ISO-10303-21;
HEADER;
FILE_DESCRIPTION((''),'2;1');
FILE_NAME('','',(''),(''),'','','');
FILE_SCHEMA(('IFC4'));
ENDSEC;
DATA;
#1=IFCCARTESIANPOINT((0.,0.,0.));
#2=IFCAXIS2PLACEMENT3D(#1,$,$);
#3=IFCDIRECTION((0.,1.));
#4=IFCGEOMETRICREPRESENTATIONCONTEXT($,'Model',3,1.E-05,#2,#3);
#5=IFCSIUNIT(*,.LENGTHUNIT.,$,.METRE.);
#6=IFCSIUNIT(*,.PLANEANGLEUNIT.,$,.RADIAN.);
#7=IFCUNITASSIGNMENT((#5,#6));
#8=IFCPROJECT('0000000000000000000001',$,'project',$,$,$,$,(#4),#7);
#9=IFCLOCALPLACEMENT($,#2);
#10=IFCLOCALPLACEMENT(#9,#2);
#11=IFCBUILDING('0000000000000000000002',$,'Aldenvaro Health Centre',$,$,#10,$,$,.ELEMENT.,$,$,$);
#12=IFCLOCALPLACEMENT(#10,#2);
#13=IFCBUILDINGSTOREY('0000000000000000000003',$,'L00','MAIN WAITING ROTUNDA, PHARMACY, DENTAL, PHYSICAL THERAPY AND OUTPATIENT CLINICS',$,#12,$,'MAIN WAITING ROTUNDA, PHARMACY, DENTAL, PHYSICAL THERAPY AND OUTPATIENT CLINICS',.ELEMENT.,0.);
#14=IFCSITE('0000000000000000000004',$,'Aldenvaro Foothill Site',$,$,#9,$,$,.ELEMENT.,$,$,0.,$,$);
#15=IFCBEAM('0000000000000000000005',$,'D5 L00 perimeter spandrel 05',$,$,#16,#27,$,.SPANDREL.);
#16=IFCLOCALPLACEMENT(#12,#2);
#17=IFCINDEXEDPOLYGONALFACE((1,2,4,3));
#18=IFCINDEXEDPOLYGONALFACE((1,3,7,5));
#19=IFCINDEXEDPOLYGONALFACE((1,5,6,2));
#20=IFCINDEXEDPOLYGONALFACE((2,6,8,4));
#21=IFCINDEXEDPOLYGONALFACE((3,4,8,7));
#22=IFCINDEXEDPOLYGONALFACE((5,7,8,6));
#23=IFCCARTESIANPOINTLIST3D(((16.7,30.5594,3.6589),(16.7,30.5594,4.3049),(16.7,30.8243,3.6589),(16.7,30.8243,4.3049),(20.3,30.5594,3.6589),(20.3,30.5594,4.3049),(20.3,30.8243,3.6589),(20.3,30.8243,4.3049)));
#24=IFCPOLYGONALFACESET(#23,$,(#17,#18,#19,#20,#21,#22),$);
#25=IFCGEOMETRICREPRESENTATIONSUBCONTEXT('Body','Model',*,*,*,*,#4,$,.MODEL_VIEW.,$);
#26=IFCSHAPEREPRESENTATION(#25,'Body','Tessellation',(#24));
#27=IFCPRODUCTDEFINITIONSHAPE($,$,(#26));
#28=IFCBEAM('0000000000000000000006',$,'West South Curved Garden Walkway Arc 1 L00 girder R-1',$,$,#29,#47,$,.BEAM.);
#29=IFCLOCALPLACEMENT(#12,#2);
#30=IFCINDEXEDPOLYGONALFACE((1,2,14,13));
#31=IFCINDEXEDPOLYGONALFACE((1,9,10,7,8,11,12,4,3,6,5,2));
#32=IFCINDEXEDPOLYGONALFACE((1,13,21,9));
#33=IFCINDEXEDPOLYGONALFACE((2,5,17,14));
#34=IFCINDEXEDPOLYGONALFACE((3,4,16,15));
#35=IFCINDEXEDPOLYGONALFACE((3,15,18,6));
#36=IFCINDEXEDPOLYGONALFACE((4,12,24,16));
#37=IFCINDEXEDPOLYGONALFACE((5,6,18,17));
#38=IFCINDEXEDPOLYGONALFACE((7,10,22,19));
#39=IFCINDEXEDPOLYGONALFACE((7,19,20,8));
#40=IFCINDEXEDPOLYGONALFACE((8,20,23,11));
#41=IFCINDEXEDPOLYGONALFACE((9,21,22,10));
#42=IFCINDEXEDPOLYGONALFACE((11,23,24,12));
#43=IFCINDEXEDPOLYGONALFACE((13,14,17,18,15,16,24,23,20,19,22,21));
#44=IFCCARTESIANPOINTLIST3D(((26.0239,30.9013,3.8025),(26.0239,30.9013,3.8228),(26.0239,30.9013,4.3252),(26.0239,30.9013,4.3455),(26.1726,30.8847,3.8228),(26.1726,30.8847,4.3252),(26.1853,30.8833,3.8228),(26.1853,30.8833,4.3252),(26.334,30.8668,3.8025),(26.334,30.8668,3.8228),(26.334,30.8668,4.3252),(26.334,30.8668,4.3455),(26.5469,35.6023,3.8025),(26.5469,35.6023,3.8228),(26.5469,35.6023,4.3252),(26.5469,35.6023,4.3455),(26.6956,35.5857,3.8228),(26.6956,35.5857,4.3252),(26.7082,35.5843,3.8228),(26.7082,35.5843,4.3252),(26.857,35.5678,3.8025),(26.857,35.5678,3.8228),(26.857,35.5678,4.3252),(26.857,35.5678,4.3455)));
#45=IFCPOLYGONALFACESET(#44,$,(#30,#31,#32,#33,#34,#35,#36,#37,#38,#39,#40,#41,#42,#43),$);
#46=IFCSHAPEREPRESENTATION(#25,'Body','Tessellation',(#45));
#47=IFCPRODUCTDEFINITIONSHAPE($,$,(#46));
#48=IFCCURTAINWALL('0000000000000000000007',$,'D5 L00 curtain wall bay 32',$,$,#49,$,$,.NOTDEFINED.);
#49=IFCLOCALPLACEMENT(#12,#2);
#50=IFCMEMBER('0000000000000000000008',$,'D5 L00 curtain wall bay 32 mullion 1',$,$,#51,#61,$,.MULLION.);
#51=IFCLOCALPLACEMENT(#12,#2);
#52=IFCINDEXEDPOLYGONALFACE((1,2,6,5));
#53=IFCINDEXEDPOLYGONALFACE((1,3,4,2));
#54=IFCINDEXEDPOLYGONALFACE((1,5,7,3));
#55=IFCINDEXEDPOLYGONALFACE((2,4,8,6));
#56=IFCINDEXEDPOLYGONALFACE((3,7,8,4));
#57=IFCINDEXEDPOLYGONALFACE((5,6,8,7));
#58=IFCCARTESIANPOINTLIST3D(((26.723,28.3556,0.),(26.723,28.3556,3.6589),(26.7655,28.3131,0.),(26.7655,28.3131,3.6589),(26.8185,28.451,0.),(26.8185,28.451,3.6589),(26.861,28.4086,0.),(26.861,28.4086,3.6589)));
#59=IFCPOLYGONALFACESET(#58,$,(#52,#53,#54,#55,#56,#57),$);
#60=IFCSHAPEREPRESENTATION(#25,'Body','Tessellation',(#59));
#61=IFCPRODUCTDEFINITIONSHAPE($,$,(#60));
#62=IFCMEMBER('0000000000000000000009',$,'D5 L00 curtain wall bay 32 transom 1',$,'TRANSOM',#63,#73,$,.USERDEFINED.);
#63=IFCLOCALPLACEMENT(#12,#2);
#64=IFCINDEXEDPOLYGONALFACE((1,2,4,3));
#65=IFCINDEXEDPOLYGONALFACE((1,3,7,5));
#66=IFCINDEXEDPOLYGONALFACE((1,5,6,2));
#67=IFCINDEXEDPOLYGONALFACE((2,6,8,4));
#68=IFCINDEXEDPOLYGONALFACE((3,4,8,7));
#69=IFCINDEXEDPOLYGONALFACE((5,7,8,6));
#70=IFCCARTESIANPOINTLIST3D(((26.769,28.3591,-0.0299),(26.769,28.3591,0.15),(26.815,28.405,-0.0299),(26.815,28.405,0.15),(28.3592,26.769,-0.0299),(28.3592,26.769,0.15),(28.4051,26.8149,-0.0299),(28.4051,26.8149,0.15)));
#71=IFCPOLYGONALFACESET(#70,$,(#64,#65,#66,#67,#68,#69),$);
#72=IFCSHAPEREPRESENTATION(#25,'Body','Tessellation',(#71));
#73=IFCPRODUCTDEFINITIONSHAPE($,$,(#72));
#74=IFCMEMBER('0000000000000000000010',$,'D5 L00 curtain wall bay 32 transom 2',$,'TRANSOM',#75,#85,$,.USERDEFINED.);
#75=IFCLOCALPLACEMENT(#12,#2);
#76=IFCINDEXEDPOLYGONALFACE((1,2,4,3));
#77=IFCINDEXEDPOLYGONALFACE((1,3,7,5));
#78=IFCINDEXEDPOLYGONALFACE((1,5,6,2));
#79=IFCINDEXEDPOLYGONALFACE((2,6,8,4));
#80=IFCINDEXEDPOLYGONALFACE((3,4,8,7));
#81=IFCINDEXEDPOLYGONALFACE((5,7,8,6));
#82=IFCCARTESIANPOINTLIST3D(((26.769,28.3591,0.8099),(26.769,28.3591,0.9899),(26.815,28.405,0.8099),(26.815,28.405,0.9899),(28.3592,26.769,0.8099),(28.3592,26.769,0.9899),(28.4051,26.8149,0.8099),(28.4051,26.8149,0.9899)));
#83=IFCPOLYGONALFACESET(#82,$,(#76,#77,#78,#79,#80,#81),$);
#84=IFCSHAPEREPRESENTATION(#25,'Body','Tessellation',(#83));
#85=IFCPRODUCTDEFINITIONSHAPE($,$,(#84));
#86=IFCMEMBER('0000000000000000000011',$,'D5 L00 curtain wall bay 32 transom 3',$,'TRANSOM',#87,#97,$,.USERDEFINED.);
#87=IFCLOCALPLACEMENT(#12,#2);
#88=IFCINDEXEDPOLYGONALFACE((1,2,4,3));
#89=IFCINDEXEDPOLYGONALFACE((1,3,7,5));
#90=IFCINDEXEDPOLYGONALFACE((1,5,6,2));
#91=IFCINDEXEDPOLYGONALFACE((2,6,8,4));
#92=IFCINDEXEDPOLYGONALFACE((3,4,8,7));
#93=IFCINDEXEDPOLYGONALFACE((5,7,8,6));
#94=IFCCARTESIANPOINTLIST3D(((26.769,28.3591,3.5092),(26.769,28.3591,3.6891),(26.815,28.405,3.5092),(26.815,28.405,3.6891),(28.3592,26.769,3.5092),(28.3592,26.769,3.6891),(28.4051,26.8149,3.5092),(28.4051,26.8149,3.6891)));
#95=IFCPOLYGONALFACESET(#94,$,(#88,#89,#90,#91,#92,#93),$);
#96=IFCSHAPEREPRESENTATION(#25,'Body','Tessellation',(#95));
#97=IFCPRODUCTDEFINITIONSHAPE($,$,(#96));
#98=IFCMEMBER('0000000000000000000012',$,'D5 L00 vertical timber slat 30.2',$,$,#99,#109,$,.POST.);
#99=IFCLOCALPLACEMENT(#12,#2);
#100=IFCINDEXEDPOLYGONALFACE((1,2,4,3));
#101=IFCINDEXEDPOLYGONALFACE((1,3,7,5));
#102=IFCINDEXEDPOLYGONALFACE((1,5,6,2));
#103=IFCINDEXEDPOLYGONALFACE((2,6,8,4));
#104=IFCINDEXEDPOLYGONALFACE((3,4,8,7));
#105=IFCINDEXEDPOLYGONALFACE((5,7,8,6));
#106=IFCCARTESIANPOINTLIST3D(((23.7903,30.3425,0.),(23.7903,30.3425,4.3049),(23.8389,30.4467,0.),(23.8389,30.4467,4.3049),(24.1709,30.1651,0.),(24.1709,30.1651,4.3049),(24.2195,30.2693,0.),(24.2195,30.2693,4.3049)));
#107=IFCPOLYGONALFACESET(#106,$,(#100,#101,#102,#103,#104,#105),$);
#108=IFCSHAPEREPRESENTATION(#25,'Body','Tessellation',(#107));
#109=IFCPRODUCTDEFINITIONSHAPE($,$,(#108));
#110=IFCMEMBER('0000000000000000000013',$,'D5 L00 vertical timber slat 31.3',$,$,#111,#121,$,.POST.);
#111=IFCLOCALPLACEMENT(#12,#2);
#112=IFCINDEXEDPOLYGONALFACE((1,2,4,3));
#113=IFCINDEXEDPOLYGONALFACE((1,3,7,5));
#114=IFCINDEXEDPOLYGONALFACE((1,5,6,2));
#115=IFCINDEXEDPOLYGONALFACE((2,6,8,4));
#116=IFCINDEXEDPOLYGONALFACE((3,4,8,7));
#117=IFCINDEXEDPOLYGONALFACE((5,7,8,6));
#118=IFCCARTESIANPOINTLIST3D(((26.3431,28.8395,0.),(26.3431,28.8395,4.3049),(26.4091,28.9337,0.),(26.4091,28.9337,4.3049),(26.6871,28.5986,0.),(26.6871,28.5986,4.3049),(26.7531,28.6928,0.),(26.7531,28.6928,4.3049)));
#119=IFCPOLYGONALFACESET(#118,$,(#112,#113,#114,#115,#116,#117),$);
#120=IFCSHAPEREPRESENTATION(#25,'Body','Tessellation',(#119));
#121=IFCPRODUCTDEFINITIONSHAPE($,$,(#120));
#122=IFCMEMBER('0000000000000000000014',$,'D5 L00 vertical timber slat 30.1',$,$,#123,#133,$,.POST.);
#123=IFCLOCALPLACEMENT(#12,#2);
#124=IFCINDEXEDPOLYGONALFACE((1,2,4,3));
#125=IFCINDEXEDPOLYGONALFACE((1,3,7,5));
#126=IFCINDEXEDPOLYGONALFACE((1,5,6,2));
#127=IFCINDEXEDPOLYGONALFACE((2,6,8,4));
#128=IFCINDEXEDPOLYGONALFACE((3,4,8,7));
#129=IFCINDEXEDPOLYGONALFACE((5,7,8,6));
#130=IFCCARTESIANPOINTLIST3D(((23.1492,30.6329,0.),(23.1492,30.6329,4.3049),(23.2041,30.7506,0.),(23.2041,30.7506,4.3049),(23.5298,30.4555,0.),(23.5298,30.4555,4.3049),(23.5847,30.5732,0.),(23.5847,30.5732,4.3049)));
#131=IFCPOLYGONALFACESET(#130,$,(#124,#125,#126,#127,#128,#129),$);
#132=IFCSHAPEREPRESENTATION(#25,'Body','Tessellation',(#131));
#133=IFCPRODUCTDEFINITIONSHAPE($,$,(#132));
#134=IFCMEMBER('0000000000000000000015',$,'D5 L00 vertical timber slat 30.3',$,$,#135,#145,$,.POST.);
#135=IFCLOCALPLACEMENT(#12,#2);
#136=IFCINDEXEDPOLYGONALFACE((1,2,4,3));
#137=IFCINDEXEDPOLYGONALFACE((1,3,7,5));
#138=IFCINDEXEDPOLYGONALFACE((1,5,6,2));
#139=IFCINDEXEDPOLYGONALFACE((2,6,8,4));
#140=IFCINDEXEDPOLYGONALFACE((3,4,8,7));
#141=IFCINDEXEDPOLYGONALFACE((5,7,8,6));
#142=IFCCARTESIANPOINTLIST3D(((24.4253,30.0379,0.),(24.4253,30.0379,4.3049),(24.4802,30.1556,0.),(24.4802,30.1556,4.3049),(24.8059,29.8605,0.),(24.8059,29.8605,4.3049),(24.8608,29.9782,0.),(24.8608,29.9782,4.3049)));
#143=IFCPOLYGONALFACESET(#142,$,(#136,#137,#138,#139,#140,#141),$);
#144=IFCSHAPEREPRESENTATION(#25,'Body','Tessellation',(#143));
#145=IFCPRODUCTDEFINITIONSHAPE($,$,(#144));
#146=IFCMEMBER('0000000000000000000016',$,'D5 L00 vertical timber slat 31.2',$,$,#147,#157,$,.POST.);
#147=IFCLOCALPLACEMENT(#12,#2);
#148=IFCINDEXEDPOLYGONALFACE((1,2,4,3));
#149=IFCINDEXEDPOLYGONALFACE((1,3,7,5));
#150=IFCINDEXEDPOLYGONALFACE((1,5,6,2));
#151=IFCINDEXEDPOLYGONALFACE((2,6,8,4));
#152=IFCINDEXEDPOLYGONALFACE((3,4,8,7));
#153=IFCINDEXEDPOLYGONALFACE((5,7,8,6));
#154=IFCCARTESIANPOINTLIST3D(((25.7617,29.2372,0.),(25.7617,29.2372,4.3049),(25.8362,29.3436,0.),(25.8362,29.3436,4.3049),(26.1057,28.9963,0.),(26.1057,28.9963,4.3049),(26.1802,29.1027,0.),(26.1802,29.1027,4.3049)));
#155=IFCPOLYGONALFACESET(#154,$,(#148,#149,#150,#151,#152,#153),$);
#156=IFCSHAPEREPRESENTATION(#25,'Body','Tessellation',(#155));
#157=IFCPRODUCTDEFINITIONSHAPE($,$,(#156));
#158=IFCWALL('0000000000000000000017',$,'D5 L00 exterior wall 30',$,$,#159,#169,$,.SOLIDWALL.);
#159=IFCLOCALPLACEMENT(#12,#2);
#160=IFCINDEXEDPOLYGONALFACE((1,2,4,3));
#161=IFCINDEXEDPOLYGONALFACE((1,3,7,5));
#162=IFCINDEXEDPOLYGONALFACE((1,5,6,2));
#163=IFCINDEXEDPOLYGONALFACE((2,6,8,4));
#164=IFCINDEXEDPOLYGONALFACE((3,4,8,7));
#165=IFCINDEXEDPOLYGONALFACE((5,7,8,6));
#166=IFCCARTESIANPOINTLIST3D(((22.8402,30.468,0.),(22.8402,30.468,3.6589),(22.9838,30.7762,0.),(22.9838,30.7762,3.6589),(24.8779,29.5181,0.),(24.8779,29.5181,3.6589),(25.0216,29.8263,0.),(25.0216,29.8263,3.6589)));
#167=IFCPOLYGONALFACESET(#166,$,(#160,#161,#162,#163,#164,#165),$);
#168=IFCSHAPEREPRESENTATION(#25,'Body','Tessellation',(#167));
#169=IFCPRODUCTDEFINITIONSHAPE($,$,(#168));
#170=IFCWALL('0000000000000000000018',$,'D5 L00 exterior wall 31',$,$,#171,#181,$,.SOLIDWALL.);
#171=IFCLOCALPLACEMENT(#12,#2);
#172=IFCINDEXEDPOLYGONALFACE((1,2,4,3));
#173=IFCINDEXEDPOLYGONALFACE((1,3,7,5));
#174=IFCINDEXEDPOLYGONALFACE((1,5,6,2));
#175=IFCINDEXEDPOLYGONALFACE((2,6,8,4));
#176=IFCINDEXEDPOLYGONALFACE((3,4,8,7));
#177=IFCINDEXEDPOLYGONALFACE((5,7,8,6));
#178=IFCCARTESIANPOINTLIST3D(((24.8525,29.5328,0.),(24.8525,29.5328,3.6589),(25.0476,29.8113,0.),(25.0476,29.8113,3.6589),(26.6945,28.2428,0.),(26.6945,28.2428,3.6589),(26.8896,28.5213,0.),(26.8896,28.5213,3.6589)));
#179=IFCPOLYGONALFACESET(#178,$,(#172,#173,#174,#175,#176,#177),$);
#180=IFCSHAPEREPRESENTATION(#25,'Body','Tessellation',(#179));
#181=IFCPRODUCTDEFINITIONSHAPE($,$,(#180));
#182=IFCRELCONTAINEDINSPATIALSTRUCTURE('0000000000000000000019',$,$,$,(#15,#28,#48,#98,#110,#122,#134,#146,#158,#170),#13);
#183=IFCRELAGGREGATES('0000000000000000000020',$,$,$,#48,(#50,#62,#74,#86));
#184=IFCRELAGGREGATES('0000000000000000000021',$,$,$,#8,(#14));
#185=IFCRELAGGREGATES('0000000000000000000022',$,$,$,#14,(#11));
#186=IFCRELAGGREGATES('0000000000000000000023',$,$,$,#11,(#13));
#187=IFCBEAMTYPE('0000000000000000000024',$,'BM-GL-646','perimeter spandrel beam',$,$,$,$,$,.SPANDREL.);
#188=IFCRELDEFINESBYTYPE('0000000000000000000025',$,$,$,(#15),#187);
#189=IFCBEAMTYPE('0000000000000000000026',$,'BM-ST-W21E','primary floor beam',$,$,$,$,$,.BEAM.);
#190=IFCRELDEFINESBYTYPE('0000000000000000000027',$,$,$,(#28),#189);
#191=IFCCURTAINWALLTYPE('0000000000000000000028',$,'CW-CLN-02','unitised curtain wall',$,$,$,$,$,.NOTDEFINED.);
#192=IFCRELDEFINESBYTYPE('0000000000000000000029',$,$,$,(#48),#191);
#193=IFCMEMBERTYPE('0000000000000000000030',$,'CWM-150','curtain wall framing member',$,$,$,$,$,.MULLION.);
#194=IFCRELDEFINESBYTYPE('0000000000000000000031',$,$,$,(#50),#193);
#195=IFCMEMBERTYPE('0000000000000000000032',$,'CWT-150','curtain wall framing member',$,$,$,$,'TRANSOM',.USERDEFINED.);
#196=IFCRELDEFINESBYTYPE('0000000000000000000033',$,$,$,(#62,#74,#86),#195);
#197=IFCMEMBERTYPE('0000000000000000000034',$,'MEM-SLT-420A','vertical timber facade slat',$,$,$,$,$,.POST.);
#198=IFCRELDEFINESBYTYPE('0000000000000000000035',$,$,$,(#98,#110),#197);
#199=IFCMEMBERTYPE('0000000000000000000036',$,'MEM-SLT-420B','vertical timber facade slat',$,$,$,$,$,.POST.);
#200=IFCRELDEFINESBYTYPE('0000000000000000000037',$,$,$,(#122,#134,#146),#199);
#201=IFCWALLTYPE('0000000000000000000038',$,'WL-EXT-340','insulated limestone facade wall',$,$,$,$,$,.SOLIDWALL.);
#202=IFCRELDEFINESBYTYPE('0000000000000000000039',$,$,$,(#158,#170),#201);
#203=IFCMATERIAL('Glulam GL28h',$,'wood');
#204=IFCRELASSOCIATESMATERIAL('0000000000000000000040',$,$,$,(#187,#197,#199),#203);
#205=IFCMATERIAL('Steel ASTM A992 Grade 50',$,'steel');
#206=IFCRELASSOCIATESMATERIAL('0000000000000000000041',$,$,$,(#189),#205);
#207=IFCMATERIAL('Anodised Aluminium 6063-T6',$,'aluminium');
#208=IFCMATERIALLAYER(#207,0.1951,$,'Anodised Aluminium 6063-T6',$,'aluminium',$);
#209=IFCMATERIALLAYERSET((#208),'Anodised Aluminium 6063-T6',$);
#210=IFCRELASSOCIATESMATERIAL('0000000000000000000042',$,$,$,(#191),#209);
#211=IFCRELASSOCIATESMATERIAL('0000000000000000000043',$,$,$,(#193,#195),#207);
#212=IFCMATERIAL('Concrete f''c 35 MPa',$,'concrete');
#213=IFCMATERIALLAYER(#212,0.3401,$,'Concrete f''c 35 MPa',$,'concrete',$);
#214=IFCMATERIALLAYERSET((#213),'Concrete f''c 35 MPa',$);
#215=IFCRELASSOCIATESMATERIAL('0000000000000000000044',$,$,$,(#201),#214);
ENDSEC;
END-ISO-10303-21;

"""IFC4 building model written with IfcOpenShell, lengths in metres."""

from ifc_helpers import new_model, si_unit, direction, frame, frame_2d, origin, origin_2d, place, context, subcontext, project, spatial, rectangle, i_section, extrude, material, layer, layer_set, material_profile, profile_set, type_object, element, aggregate, save


model = new_model("IFC4")

# Units and contexts
model_context = context("Model", 3, precision=1e-05, world=origin(), true_north=direction((0.0, 1.0)))
body_context = subcontext(model_context, "Body", "Model", "MODEL_VIEW")
ifc_project = project(units=[si_unit("LENGTHUNIT", "METRE"), si_unit("PLANEANGLEUNIT", "RADIAN")], contexts=[model_context])

# Site, building, storey
site_placement = place(None, origin())
site = spatial("IfcSite", under=ifc_project, at=site_placement, Name="Aldenvaro Foothill Site", CompositionType="ELEMENT", RefElevation=0.0)
building_placement = place(site_placement, origin())
building = spatial("IfcBuilding", under=site, at=building_placement, Name="Aldenvaro Health Centre", CompositionType="ELEMENT")
storey_placement = place(building_placement, origin())
storey = spatial("IfcBuildingStorey", under=building, at=storey_placement, Name="L00", Description="MAIN WAITING ROTUNDA, PHARMACY, DENTAL, PHYSICAL THERAPY AND OUTPATIENT CLINICS", LongName="MAIN WAITING ROTUNDA, PHARMACY, DENTAL, PHYSICAL THERAPY AND OUTPATIENT CLINICS", CompositionType="ELEMENT", Elevation=0.0)

# Beams
ifc_material_1 = material(Name="Glulam GL28h", Category="wood")
ifc_material_profile_1 = material_profile(ifc_material_1, rectangle(XDim=0.2649, YDim=0.646, at=origin_2d()), Name="GL 265x646", Category="wood")
ifc_profile_set_1 = profile_set([ifc_material_profile_1], Name="Glulam GL28h")
beam_type_1 = type_object("IfcBeamType", Name="BM-GL-646", Description="perimeter spandrel beam", PredefinedType="SPANDREL", material=ifc_profile_set_1)
beam_1_placement = place(storey_placement, frame((20.3, 30.6919, 3.9819), z_axis=(-1.0, 0.0, 0.0), x_axis=(0.0, -1.0, 0.0)))
element("IfcBeam", 1, at=beam_1_placement, inside=storey, type_object=beam_type_1, Name="D5 L00 perimeter spandrel 05", PredefinedType="SPANDREL", context=body_context, shape_type="SweptSolid", body=[
    extrude(rectangle(XDim=0.2649, YDim=0.646, at=origin_2d()), origin(), (0.0, 0.0, 1.0), 3.6001),
])
ifc_material_2 = material(Name="Steel ASTM A992 Grade 50", Category="steel")
ifc_material_profile_2 = material_profile(ifc_material_2, i_section(OverallWidth=0.312, OverallDepth=0.543, WebThickness=0.0127, FlangeThickness=0.0203, at=origin_2d()), Name="W21X101", Category="steel")
ifc_profile_set_2 = profile_set([ifc_material_profile_2], Name="Steel ASTM A992 Grade 50")
beam_type_2 = type_object("IfcBeamType", Name="BM-ST-W21E", Description="primary floor beam", PredefinedType="BEAM", material=ifc_profile_set_2)
beam_2_placement = place(storey_placement, frame((26.179, 30.884, 4.074), z_axis=(0.110562, 0.993869, 0.0), x_axis=(-0.993869, 0.110562, 0.0)))
element("IfcBeam", 2, at=beam_2_placement, inside=storey, type_object=beam_type_2, Name="West South Curved Garden Walkway Arc 1 L00 girder R-1", PredefinedType="BEAM", context=body_context, shape_type="SweptSolid", body=[
    extrude(i_section(OverallWidth=0.312, OverallDepth=0.543, WebThickness=0.0127, FlangeThickness=0.0203, at=origin_2d()), origin(), (0.0, 0.0, 1.0), 4.73),
])

# Curtain wall, members
ifc_material_3 = material(Name="Anodised Aluminium 6063-T6", Category="aluminium")
ifc_layer_1 = layer(ifc_material_3, 0.1951, Name="Anodised Aluminium 6063-T6", Category="aluminium")
ifc_layer_set_1 = layer_set([ifc_layer_1], Name="Anodised Aluminium 6063-T6")
curtain_wall_type = type_object("IfcCurtainWallType", Name="CW-CLN-02", Description="unitised curtain wall", PredefinedType="NOTDEFINED", material=ifc_layer_set_1)
curtain_wall_placement = place(storey_placement, origin())
curtain_wall = element("IfcCurtainWall", 3, at=curtain_wall_placement, inside=storey, type_object=curtain_wall_type, Name="D5 L00 curtain wall bay 32", PredefinedType="NOTDEFINED")
ifc_material_profile_3 = material_profile(ifc_material_3, rectangle(XDim=0.0601, YDim=0.135, at=origin_2d()), Name="ALU 60x135", Category="aluminium")
ifc_profile_set_3 = profile_set([ifc_material_profile_3], Name="Anodised Aluminium 6063-T6")
member_type_1 = type_object("IfcMemberType", Name="CWM-150", Description="curtain wall framing member", PredefinedType="MULLION", material=ifc_profile_set_3)
member_1_placement = place(storey_placement, frame((26.792, 28.3821, 0.0), z_axis=(0.0, 0.0, 1.0), x_axis=(0.707107, -0.707107, 0.0)))
member_1 = element("IfcMember", 4, at=member_1_placement, type_object=member_type_1, Name="D5 L00 curtain wall bay 32 mullion 1", PredefinedType="MULLION", context=body_context, shape_type="SweptSolid", body=[
    extrude(rectangle(XDim=0.0601, YDim=0.135, at=origin_2d()), origin(), (0.0, 0.0, 1.0), 3.6589),
])
ifc_material_profile_4 = material_profile(ifc_material_3, rectangle(XDim=0.0649, YDim=0.1799, at=origin_2d()), Name="ALU 65x180", Category="aluminium")
ifc_profile_set_4 = profile_set([ifc_material_profile_4], Name="Anodised Aluminium 6063-T6")
member_type_2 = type_object("IfcMemberType", Name="CWT-150", Description="curtain wall framing member", ElementType="TRANSOM", PredefinedType="USERDEFINED", material=ifc_profile_set_4)
member_2_placement = place(storey_placement, frame((26.792, 28.3821, 0.0601), z_axis=(0.707107, -0.707107, 0.0), x_axis=(0.707107, 0.707107, 0.0)))
member_2 = element("IfcMember", 5, at=member_2_placement, type_object=member_type_2, Name="D5 L00 curtain wall bay 32 transom 1", ObjectType="TRANSOM", PredefinedType="USERDEFINED", context=body_context, shape_type="SweptSolid", body=[
    extrude(rectangle(XDim=0.0649, YDim=0.1799, at=origin_2d()), origin(), (0.0, 0.0, 1.0), 2.2488),
])
member_3_placement = place(storey_placement, frame((26.792, 28.3821, 0.8999), z_axis=(0.707107, -0.707107, 0.0), x_axis=(0.707107, 0.707107, 0.0)))
member_3 = element("IfcMember", 6, at=member_3_placement, type_object=member_type_2, Name="D5 L00 curtain wall bay 32 transom 2", ObjectType="TRANSOM", PredefinedType="USERDEFINED", context=body_context, shape_type="SweptSolid", body=[
    extrude(rectangle(XDim=0.0649, YDim=0.1799, at=origin_2d()), origin(), (0.0, 0.0, 1.0), 2.2488),
])
member_4_placement = place(storey_placement, frame((26.792, 28.3821, 3.5991), z_axis=(0.707107, -0.707107, 0.0), x_axis=(0.707107, 0.707107, 0.0)))
member_4 = element("IfcMember", 7, at=member_4_placement, type_object=member_type_2, Name="D5 L00 curtain wall bay 32 transom 3", ObjectType="TRANSOM", PredefinedType="USERDEFINED", context=body_context, shape_type="SweptSolid", body=[
    extrude(rectangle(XDim=0.0649, YDim=0.1799, at=origin_2d()), origin(), (0.0, 0.0, 1.0), 2.2488),
])
aggregate(curtain_wall, [member_1, member_2, member_3, member_4])

# Members
ifc_material_profile_5 = material_profile(ifc_material_1, rectangle(XDim=0.115, YDim=0.4199, at=origin_2d()), Name="GL 115x420", Category="wood")
ifc_profile_set_5 = profile_set([ifc_material_profile_5], Name="Glulam GL28h")
member_type_3 = type_object("IfcMemberType", Name="MEM-SLT-420A", Description="vertical timber facade slat", PredefinedType="POST", material=ifc_profile_set_5)
for number, where, z_axis, x_axis, name in (
    (8, (24.0049, 30.3059, 0.0), (0.0, 0.0, 1.0), (0.422496, 0.906365, 0.0), "D5 L00 vertical timber slat 30.2"),
    (9, (26.5481, 28.7661, 0.0), (0.0, 0.0, 1.0), (0.573641, 0.819107, 0.0), "D5 L00 vertical timber slat 31.3"),
):
    element("IfcMember", number, at=place(storey_placement, frame(where, z_axis=z_axis, x_axis=x_axis)), inside=storey, type_object=member_type_3, Name=name, PredefinedType="POST", context=body_context, shape_type="SweptSolid", body=[
        extrude(rectangle(XDim=0.115, YDim=0.4199, at=origin_2d()), origin(), (0.0, 0.0, 1.0), 4.3049),
    ])
ifc_material_profile_6 = material_profile(ifc_material_1, rectangle(XDim=0.1299, YDim=0.4199, at=origin_2d()), Name="GL 130x420", Category="wood")
ifc_profile_set_6 = profile_set([ifc_material_profile_6], Name="Glulam GL28h")
member_type_4 = type_object("IfcMemberType", Name="MEM-SLT-420B", Description="vertical timber facade slat", PredefinedType="POST", material=ifc_profile_set_6)
for number, where, z_axis, x_axis, name in (
    (10, (23.3669, 30.603, 0.0), (0.0, 0.0, 1.0), (0.422496, 0.906365, 0.0), "D5 L00 vertical timber slat 30.1"),
    (11, (24.6431, 30.0081, 0.0), (0.0, 0.0, 1.0), (0.422496, 0.906365, 0.0), "D5 L00 vertical timber slat 30.3"),
    (12, (25.9709, 29.1699, 0.0), (0.0, 0.0, 1.0), (0.573641, 0.819107, 0.0), "D5 L00 vertical timber slat 31.2"),
):
    element("IfcMember", number, at=place(storey_placement, frame(where, z_axis=z_axis, x_axis=x_axis)), inside=storey, type_object=member_type_4, Name=name, PredefinedType="POST", context=body_context, shape_type="SweptSolid", body=[
        extrude(rectangle(XDim=0.1299, YDim=0.4199, at=origin_2d()), origin(), (0.0, 0.0, 1.0), 4.3049),
    ])

# Walls
ifc_material_4 = material(Name="Concrete f'c 35 MPa", Category="concrete")
ifc_layer_2 = layer(ifc_material_4, 0.3401, Name="Concrete f'c 35 MPa", Category="concrete")
ifc_layer_set_2 = layer_set([ifc_layer_2], Name="Concrete f'c 35 MPa")
wall_type = type_object("IfcWallType", Name="WL-EXT-340", Description="insulated limestone facade wall", PredefinedType="SOLIDWALL", material=ifc_layer_set_2)
wall_1_placement = place(storey_placement, frame((22.9121, 30.6221, 0.0), z_axis=(0.0, 0.0, 1.0), x_axis=(0.906361, -0.422505, 0.0)))
element("IfcWall", 13, at=wall_1_placement, inside=storey, type_object=wall_type, Name="D5 L00 exterior wall 30", PredefinedType="SOLIDWALL", context=body_context, shape_type="SweptSolid", body=[
    extrude(rectangle(XDim=2.2483, YDim=0.3401, at=frame_2d((1.124, 0.0))), origin(), (0.0, 0.0, 1.0), 3.6589),
])
wall_2_placement = place(storey_placement, frame((24.95, 29.6721, 0.0), z_axis=(0.0, 0.0, 1.0), x_axis=(0.819104, -0.573644, 0.0)))
element("IfcWall", 14, at=wall_2_placement, inside=storey, type_object=wall_type, Name="D5 L00 exterior wall 31", PredefinedType="SOLIDWALL", context=body_context, shape_type="SweptSolid", body=[
    extrude(rectangle(XDim=2.2488, YDim=0.3401, at=frame_2d((1.1245, 0.0))), origin(), (0.0, 0.0, 1.0), 3.6589),
])

save(model, "model.ifc")
